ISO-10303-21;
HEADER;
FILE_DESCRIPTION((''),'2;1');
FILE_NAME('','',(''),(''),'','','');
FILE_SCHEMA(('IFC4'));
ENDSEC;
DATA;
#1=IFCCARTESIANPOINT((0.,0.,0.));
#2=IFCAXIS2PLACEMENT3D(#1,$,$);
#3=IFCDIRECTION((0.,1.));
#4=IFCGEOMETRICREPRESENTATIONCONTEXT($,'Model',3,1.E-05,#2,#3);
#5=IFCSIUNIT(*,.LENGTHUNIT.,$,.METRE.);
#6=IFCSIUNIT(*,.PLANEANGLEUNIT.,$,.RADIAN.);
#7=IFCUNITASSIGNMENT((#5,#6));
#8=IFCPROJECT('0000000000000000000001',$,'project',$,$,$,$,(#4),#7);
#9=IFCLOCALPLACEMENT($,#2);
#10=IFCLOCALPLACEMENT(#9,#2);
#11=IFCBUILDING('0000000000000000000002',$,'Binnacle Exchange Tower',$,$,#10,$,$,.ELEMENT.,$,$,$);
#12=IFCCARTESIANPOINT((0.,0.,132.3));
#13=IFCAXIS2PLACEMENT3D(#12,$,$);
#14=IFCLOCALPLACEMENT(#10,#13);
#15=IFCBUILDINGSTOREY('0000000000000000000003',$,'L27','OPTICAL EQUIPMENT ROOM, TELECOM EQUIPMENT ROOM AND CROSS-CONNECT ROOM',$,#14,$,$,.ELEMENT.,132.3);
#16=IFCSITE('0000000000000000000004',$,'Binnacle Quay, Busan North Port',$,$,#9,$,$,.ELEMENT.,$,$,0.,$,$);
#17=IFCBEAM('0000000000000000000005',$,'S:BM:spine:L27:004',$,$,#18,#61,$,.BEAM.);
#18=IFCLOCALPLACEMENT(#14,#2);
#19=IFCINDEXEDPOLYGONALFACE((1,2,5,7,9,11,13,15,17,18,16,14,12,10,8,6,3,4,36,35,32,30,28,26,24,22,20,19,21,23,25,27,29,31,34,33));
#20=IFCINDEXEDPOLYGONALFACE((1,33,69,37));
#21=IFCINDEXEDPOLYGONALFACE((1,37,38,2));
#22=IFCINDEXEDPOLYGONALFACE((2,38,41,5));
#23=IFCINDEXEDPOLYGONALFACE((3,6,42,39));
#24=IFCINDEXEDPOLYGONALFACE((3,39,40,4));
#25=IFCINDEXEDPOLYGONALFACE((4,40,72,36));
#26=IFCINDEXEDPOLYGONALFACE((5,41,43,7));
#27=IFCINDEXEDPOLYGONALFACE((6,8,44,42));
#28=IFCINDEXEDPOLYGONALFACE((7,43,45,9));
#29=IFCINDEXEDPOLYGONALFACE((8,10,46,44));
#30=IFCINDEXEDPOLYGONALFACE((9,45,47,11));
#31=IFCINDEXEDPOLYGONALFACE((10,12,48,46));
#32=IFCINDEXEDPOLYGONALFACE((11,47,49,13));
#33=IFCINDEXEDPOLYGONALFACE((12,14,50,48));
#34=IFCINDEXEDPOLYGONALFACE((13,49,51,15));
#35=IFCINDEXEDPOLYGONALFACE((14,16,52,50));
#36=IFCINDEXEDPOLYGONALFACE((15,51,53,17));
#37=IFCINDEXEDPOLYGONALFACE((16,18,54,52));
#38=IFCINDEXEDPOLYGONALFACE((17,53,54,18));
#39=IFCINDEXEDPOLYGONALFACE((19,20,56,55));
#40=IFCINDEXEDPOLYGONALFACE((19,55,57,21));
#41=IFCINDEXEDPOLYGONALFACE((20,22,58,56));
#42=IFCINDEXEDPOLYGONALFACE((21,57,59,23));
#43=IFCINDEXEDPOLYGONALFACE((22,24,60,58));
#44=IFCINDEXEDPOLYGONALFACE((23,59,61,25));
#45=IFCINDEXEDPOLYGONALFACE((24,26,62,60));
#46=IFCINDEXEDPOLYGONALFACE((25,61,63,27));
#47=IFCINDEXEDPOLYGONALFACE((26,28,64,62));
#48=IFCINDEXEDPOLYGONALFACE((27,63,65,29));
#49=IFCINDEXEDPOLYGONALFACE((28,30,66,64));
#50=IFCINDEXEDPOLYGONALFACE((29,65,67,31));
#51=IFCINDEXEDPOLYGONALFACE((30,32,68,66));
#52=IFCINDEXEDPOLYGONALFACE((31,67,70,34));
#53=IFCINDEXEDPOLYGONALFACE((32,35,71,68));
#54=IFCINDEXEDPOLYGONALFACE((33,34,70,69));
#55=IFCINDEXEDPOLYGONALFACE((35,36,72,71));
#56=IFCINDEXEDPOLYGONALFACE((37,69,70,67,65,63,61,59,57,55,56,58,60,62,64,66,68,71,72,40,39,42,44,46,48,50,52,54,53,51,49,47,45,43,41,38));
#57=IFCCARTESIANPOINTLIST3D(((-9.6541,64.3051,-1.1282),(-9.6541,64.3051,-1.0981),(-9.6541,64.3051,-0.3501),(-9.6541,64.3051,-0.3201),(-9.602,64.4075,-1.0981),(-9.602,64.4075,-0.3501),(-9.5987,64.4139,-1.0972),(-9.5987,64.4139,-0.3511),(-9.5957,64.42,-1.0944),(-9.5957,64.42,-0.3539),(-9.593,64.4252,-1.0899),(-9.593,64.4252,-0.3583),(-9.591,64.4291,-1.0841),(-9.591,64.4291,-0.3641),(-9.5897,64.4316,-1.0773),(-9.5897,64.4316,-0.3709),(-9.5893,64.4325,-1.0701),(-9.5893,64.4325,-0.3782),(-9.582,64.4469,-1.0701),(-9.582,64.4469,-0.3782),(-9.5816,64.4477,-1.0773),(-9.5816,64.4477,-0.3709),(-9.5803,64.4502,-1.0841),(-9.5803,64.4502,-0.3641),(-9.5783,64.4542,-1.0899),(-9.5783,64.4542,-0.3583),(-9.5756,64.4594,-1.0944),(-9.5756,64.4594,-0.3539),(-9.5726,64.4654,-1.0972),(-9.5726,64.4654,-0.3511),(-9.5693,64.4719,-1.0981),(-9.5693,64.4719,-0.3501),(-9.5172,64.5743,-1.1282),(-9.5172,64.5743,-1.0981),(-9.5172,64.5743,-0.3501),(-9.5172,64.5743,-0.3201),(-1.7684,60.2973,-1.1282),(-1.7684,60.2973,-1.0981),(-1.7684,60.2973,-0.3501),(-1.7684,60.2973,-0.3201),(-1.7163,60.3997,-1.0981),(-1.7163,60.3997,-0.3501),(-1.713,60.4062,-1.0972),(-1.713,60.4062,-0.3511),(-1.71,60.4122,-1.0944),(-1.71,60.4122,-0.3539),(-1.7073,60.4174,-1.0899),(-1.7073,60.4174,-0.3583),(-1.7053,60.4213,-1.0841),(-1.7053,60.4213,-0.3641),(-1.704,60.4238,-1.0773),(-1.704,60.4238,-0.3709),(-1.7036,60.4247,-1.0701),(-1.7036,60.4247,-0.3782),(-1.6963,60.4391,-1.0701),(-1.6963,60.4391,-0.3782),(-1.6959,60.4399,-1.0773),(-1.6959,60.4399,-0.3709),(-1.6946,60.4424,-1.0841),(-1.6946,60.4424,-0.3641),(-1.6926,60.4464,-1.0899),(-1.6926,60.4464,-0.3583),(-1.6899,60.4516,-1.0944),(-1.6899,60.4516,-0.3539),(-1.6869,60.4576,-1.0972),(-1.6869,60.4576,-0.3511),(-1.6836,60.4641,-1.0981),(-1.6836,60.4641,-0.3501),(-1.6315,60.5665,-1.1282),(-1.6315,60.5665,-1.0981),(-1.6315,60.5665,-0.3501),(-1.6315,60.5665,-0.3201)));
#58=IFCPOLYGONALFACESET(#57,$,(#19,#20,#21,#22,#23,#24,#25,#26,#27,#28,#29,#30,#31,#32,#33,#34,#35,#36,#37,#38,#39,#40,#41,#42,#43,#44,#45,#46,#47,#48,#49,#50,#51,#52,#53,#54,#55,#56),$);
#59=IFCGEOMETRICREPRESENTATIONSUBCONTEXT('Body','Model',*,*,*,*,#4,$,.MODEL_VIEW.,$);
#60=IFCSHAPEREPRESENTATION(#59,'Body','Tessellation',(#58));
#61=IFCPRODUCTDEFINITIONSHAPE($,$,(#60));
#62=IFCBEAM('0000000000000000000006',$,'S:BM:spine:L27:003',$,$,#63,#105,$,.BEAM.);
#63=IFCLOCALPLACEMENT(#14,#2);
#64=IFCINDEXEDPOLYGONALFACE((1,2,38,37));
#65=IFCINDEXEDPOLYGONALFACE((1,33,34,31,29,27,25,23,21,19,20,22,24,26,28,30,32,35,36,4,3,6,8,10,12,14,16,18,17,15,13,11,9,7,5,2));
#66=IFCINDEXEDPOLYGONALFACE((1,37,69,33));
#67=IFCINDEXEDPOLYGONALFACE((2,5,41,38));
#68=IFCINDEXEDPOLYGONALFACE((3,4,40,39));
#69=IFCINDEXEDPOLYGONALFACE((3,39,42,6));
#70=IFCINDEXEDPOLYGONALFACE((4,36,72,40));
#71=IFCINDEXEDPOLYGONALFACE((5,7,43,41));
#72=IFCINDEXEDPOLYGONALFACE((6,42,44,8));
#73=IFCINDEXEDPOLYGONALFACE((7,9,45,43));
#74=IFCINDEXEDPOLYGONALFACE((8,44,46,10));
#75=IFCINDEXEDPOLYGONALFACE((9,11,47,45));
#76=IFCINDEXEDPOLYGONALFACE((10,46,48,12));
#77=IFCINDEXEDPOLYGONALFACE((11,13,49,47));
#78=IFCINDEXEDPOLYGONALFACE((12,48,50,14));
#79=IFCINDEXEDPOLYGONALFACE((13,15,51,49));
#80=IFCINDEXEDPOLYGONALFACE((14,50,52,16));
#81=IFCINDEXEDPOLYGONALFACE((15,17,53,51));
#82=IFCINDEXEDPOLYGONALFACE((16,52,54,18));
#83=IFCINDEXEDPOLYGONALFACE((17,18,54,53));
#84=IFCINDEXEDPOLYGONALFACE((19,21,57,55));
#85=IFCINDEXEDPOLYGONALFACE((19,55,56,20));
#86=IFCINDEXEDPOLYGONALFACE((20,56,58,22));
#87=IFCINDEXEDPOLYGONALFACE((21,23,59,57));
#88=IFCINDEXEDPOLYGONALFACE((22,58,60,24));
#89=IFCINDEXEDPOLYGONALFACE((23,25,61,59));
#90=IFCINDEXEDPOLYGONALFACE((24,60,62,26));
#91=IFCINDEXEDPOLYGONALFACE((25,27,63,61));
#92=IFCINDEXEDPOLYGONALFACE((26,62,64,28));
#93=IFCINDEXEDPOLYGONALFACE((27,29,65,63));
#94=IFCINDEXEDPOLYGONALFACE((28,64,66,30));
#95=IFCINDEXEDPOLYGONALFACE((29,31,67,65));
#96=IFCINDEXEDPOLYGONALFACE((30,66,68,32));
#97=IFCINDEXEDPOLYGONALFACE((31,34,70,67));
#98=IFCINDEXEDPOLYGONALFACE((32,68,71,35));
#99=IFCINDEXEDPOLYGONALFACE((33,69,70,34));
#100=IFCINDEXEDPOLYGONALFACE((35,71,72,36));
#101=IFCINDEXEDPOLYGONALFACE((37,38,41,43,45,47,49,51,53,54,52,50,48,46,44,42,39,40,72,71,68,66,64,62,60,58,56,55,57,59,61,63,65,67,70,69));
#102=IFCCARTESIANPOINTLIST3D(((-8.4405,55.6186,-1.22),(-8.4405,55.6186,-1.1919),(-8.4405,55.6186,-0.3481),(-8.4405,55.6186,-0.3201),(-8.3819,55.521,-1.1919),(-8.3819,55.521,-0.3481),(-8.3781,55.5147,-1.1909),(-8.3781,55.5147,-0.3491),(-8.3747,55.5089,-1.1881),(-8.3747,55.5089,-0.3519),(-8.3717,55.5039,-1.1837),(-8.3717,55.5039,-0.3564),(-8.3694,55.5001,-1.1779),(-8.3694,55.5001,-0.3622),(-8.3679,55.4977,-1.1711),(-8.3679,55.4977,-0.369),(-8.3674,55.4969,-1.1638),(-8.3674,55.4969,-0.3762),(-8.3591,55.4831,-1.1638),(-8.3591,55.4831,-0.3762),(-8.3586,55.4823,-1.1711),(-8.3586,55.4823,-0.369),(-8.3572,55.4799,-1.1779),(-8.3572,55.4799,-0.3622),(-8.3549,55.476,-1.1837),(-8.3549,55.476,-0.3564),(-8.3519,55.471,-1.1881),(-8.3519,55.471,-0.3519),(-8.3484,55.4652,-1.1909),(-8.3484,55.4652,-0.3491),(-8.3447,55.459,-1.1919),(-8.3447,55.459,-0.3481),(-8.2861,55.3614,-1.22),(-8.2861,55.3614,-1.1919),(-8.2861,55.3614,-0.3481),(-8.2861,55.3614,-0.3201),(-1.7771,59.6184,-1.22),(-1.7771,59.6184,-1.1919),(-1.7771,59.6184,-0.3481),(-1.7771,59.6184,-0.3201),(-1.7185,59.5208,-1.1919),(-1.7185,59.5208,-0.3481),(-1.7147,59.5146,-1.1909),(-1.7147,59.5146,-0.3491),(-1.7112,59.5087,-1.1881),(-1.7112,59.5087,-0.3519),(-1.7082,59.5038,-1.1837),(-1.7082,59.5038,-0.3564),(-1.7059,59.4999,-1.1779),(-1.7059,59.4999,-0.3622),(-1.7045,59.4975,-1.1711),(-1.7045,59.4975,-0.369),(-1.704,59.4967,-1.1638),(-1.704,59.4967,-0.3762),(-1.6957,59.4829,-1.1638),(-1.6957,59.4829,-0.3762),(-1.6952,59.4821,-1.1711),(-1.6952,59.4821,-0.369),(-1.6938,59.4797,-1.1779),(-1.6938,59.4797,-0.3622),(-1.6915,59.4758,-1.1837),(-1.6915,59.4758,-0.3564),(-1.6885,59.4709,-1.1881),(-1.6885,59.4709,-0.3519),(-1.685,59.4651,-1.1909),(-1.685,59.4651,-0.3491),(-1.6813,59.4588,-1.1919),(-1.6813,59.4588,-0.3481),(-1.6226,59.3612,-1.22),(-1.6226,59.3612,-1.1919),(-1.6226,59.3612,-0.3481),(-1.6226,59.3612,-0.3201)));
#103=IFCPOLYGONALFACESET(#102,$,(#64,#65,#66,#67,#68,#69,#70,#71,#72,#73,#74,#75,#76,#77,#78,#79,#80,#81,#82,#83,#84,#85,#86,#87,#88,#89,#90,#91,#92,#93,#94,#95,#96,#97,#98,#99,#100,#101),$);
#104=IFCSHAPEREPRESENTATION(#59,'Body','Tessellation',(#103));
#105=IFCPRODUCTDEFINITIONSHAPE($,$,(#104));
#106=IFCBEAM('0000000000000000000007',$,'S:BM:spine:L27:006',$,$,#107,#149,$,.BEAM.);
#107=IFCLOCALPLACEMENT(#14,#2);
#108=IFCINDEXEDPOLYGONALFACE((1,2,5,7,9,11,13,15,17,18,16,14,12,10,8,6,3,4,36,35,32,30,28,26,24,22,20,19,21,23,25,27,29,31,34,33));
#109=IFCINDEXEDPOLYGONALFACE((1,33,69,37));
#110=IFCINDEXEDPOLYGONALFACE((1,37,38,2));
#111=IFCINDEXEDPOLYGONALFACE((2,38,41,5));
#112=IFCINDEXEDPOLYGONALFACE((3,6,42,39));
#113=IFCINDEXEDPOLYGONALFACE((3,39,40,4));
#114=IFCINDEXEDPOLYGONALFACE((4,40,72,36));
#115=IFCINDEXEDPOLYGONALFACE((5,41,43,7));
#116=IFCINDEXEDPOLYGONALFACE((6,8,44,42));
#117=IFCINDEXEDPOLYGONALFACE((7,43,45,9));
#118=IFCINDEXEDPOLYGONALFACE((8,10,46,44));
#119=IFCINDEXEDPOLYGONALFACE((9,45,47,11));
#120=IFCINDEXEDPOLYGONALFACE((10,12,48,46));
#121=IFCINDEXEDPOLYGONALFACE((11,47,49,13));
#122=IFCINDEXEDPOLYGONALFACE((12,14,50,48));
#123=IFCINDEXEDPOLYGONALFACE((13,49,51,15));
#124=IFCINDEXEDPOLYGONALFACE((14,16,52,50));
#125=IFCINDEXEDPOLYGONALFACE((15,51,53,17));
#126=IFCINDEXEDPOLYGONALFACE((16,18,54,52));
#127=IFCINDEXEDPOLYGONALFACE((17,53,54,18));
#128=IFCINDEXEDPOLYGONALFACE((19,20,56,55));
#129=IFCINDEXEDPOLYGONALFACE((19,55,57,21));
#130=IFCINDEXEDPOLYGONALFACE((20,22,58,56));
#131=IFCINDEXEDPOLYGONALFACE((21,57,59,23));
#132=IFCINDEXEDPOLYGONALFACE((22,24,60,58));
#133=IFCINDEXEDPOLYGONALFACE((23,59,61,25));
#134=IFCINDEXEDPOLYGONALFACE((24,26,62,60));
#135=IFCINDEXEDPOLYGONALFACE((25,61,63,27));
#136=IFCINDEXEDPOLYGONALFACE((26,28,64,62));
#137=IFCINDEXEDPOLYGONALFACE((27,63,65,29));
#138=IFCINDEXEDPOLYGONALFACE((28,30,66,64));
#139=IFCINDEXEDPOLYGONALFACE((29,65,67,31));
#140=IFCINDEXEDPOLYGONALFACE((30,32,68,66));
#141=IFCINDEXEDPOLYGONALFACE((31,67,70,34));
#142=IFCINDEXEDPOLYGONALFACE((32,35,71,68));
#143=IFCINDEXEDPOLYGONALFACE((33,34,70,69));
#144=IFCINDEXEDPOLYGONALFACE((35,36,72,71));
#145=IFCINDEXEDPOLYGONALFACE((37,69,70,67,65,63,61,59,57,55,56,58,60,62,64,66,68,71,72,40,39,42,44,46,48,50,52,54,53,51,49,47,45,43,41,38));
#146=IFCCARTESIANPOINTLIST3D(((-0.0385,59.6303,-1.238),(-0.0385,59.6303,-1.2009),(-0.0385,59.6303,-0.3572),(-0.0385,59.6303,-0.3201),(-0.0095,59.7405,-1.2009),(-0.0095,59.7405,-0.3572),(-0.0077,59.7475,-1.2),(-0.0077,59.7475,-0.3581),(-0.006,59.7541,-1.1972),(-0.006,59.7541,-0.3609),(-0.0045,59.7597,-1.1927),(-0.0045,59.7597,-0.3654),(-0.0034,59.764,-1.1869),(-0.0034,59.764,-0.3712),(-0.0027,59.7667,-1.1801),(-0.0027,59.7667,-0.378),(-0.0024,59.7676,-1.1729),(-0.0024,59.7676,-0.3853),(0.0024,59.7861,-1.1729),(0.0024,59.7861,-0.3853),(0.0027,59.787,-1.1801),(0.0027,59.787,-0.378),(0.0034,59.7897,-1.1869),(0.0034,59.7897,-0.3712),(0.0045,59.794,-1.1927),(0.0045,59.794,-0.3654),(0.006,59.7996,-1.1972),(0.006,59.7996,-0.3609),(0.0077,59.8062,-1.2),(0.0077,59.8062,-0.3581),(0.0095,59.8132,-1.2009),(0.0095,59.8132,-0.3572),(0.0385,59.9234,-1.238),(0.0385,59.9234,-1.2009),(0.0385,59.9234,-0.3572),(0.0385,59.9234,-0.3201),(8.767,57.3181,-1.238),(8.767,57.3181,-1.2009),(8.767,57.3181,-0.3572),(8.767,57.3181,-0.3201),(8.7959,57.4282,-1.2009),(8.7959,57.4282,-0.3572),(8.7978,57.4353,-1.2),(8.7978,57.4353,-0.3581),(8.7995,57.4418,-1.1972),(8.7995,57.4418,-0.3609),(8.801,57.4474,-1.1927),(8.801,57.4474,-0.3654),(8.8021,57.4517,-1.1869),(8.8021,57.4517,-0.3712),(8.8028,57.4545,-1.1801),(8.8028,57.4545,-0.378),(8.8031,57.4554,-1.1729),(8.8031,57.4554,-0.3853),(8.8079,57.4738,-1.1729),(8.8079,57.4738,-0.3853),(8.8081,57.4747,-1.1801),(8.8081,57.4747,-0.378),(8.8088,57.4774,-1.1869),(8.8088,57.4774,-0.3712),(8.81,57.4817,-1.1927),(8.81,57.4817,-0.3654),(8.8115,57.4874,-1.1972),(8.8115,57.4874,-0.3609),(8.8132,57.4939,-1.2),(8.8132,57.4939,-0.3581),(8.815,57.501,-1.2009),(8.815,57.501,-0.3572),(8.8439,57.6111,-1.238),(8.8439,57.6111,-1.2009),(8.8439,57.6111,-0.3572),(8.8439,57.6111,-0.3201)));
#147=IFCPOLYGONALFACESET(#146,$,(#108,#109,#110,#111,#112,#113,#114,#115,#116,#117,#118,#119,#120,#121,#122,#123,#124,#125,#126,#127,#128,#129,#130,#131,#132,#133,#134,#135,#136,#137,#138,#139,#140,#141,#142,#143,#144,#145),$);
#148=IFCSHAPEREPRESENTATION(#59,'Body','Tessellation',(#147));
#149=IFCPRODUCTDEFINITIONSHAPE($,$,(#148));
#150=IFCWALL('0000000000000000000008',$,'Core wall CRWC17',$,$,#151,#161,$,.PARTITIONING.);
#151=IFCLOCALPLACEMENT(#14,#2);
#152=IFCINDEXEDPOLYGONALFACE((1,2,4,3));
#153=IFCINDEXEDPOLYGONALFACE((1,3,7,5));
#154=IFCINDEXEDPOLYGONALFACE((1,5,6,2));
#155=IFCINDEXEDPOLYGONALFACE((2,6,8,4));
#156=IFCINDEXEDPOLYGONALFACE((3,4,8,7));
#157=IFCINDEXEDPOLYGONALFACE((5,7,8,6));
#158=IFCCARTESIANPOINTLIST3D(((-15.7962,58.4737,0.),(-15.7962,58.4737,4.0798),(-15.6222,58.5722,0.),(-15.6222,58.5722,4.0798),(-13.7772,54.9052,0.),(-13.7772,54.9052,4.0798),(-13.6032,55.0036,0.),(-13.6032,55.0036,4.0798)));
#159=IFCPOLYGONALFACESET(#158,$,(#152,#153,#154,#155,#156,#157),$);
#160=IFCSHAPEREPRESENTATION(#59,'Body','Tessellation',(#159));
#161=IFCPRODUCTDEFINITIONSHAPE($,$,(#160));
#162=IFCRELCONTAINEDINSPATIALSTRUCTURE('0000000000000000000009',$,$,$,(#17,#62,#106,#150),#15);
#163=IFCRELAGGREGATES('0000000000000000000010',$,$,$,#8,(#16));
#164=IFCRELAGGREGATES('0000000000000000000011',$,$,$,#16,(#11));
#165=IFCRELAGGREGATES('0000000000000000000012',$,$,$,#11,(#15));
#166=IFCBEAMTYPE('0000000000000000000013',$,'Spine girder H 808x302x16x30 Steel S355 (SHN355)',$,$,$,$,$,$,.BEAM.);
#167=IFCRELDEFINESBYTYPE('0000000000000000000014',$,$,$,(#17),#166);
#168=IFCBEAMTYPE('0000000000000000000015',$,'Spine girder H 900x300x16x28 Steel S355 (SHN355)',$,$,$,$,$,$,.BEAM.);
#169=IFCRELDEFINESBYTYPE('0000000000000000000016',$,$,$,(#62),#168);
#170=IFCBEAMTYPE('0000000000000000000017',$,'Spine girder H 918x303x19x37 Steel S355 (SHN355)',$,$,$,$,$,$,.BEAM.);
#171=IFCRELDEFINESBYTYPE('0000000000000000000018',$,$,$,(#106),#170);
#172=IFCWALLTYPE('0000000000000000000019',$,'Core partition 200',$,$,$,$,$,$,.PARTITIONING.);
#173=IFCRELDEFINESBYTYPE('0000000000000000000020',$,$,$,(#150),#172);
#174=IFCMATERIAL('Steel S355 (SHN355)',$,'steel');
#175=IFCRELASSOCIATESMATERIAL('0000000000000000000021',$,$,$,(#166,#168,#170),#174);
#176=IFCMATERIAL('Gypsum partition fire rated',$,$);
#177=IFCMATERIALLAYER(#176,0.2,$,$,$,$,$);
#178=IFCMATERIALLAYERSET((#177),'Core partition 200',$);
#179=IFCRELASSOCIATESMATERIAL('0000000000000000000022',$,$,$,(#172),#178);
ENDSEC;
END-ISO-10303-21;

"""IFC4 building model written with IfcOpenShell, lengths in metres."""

from ifc_helpers import new_model, si_unit, direction, frame, frame_2d, origin, origin_2d, place, context, subcontext, project, spatial, rectangle, i_section, extrude, material, layer, layer_set, material_profile, profile_set, type_object, element, save


model = new_model("IFC4")

# Units and contexts
model_context = context("Model", 3, precision=1e-05, world=origin(), true_north=direction((0.0, 1.0)))
body_context = subcontext(model_context, "Body", "Model", "MODEL_VIEW")
ifc_project = project(units=[si_unit("LENGTHUNIT", "METRE"), si_unit("PLANEANGLEUNIT", "RADIAN")], contexts=[model_context])

# Site, building, storey
site_placement = place(None, origin())
site = spatial("IfcSite", under=ifc_project, at=site_placement, Name="Binnacle Quay, Busan North Port", CompositionType="ELEMENT", RefElevation=0.0)
building_placement = place(site_placement, origin())
building = spatial("IfcBuilding", under=site, at=building_placement, Name="Binnacle Exchange Tower", CompositionType="ELEMENT")
storey_placement = place(building_placement, frame((0.0, 0.0, 132.3)))
storey = spatial("IfcBuildingStorey", under=building, at=storey_placement, Name="L27", Description="OPTICAL EQUIPMENT ROOM, TELECOM EQUIPMENT ROOM AND CROSS-CONNECT ROOM", CompositionType="ELEMENT", Elevation=132.3)

# Beams
ifc_material_1 = material(Name="Steel S355 (SHN355)", Category="steel")
ifc_material_profile_1 = material_profile(ifc_material_1, i_section(OverallWidth=0.302, OverallDepth=0.8081, WebThickness=0.0161, FlangeThickness=0.03, FilletRadius=0.0281, at=origin_2d()), Name="H 808x302x16x30")
ifc_profile_set_1 = profile_set([ifc_material_profile_1], Name="Steel S355 (SHN355)")
beam_type_1 = type_object("IfcBeamType", Name="Spine girder H 808x302x16x30 Steel S355 (SHN355)", PredefinedType="BEAM", material=ifc_profile_set_1)
beam_1_placement = place(storey_placement, frame((-1.7, 60.4319, -0.7241), z_axis=(-0.891471, 0.453077, 0.0), x_axis=(-0.453077, -0.891471, 0.0)))
element("IfcBeam", 1, at=beam_1_placement, inside=storey, type_object=beam_type_1, Name="S:BM:spine:L27:004", PredefinedType="BEAM", context=body_context, shape_type="SweptSolid", body=[
    extrude(i_section(OverallWidth=0.302, OverallDepth=0.8081, WebThickness=0.0161, FlangeThickness=0.03, FilletRadius=0.0281, at=origin_2d()), origin(), (0.0, 0.0, 1.0), 8.8457),
])
ifc_material_profile_2 = material_profile(ifc_material_1, i_section(OverallWidth=0.3, OverallDepth=0.8999, WebThickness=0.0161, FlangeThickness=0.0281, FilletRadius=0.0281, at=origin_2d()), Name="H 900x300x16x28")
ifc_profile_set_2 = profile_set([ifc_material_profile_2], Name="Steel S355 (SHN355)")
beam_type_2 = type_object("IfcBeamType", Name="Spine girder H 900x300x16x28 Steel S355 (SHN355)", PredefinedType="BEAM", material=ifc_profile_set_2)
beam_2_placement = place(storey_placement, frame((-8.3633, 55.49, -0.77), z_axis=(0.857393, 0.514662, 0.0), x_axis=(-0.514662, 0.857393, 0.0)))
element("IfcBeam", 2, at=beam_2_placement, inside=storey, type_object=beam_type_2, Name="S:BM:spine:L27:003", PredefinedType="BEAM", context=body_context, shape_type="SweptSolid", body=[
    extrude(i_section(OverallWidth=0.3, OverallDepth=0.8999, WebThickness=0.0161, FlangeThickness=0.0281, FilletRadius=0.0281, at=origin_2d()), origin(), (0.0, 0.0, 1.0), 7.7717),
])
ifc_material_profile_3 = material_profile(ifc_material_1, i_section(OverallWidth=0.303, OverallDepth=0.918, WebThickness=0.019, FlangeThickness=0.0371, FilletRadius=0.0281, at=origin_2d()), Name="H 918x303x19x37")
ifc_profile_set_3 = profile_set([ifc_material_profile_3], Name="Steel S355 (SHN355)")
beam_type_3 = type_object("IfcBeamType", Name="Spine girder H 918x303x19x37 Steel S355 (SHN355)", PredefinedType="BEAM", material=ifc_profile_set_3)
beam_3_placement = place(storey_placement, frame((0.0, 59.7769, -0.7791), z_axis=(0.967208, -0.253984, 0.0), x_axis=(0.253984, 0.967208, 0.0)))
element("IfcBeam", 3, at=beam_3_placement, inside=storey, type_object=beam_type_3, Name="S:BM:spine:L27:006", PredefinedType="BEAM", context=body_context, shape_type="SweptSolid", body=[
    extrude(i_section(OverallWidth=0.303, OverallDepth=0.918, WebThickness=0.019, FlangeThickness=0.0371, FilletRadius=0.0281, at=origin_2d()), origin(), (0.0, 0.0, 1.0), 9.104),
])

# Wall
ifc_material_2 = material(Name="Gypsum partition fire rated")
ifc_layer_1 = layer(ifc_material_2, 0.2)
ifc_layer_set_1 = layer_set([ifc_layer_1], Name="Core partition 200")
wall_type_1 = type_object("IfcWallType", Name="Core partition 200", PredefinedType="PARTITIONING", material=ifc_layer_set_1)
wall_1_placement = place(storey_placement, frame((-15.7092, 58.5229, 0.0), z_axis=(0.0, 0.0, 1.0), x_axis=(0.492428, -0.870353, 0.0)))
element("IfcWall", 4, at=wall_1_placement, inside=storey, type_object=wall_type_1, Name="Core wall CRWC17", PredefinedType="PARTITIONING", context=body_context, shape_type="SweptSolid", body=[
    extrude(rectangle(XDim=4.1001, YDim=0.2, at=frame_2d((2.05, 0.0))), origin(), (0.0, 0.0, 1.0), 4.0798),
])

save(model, "model.ifc")
